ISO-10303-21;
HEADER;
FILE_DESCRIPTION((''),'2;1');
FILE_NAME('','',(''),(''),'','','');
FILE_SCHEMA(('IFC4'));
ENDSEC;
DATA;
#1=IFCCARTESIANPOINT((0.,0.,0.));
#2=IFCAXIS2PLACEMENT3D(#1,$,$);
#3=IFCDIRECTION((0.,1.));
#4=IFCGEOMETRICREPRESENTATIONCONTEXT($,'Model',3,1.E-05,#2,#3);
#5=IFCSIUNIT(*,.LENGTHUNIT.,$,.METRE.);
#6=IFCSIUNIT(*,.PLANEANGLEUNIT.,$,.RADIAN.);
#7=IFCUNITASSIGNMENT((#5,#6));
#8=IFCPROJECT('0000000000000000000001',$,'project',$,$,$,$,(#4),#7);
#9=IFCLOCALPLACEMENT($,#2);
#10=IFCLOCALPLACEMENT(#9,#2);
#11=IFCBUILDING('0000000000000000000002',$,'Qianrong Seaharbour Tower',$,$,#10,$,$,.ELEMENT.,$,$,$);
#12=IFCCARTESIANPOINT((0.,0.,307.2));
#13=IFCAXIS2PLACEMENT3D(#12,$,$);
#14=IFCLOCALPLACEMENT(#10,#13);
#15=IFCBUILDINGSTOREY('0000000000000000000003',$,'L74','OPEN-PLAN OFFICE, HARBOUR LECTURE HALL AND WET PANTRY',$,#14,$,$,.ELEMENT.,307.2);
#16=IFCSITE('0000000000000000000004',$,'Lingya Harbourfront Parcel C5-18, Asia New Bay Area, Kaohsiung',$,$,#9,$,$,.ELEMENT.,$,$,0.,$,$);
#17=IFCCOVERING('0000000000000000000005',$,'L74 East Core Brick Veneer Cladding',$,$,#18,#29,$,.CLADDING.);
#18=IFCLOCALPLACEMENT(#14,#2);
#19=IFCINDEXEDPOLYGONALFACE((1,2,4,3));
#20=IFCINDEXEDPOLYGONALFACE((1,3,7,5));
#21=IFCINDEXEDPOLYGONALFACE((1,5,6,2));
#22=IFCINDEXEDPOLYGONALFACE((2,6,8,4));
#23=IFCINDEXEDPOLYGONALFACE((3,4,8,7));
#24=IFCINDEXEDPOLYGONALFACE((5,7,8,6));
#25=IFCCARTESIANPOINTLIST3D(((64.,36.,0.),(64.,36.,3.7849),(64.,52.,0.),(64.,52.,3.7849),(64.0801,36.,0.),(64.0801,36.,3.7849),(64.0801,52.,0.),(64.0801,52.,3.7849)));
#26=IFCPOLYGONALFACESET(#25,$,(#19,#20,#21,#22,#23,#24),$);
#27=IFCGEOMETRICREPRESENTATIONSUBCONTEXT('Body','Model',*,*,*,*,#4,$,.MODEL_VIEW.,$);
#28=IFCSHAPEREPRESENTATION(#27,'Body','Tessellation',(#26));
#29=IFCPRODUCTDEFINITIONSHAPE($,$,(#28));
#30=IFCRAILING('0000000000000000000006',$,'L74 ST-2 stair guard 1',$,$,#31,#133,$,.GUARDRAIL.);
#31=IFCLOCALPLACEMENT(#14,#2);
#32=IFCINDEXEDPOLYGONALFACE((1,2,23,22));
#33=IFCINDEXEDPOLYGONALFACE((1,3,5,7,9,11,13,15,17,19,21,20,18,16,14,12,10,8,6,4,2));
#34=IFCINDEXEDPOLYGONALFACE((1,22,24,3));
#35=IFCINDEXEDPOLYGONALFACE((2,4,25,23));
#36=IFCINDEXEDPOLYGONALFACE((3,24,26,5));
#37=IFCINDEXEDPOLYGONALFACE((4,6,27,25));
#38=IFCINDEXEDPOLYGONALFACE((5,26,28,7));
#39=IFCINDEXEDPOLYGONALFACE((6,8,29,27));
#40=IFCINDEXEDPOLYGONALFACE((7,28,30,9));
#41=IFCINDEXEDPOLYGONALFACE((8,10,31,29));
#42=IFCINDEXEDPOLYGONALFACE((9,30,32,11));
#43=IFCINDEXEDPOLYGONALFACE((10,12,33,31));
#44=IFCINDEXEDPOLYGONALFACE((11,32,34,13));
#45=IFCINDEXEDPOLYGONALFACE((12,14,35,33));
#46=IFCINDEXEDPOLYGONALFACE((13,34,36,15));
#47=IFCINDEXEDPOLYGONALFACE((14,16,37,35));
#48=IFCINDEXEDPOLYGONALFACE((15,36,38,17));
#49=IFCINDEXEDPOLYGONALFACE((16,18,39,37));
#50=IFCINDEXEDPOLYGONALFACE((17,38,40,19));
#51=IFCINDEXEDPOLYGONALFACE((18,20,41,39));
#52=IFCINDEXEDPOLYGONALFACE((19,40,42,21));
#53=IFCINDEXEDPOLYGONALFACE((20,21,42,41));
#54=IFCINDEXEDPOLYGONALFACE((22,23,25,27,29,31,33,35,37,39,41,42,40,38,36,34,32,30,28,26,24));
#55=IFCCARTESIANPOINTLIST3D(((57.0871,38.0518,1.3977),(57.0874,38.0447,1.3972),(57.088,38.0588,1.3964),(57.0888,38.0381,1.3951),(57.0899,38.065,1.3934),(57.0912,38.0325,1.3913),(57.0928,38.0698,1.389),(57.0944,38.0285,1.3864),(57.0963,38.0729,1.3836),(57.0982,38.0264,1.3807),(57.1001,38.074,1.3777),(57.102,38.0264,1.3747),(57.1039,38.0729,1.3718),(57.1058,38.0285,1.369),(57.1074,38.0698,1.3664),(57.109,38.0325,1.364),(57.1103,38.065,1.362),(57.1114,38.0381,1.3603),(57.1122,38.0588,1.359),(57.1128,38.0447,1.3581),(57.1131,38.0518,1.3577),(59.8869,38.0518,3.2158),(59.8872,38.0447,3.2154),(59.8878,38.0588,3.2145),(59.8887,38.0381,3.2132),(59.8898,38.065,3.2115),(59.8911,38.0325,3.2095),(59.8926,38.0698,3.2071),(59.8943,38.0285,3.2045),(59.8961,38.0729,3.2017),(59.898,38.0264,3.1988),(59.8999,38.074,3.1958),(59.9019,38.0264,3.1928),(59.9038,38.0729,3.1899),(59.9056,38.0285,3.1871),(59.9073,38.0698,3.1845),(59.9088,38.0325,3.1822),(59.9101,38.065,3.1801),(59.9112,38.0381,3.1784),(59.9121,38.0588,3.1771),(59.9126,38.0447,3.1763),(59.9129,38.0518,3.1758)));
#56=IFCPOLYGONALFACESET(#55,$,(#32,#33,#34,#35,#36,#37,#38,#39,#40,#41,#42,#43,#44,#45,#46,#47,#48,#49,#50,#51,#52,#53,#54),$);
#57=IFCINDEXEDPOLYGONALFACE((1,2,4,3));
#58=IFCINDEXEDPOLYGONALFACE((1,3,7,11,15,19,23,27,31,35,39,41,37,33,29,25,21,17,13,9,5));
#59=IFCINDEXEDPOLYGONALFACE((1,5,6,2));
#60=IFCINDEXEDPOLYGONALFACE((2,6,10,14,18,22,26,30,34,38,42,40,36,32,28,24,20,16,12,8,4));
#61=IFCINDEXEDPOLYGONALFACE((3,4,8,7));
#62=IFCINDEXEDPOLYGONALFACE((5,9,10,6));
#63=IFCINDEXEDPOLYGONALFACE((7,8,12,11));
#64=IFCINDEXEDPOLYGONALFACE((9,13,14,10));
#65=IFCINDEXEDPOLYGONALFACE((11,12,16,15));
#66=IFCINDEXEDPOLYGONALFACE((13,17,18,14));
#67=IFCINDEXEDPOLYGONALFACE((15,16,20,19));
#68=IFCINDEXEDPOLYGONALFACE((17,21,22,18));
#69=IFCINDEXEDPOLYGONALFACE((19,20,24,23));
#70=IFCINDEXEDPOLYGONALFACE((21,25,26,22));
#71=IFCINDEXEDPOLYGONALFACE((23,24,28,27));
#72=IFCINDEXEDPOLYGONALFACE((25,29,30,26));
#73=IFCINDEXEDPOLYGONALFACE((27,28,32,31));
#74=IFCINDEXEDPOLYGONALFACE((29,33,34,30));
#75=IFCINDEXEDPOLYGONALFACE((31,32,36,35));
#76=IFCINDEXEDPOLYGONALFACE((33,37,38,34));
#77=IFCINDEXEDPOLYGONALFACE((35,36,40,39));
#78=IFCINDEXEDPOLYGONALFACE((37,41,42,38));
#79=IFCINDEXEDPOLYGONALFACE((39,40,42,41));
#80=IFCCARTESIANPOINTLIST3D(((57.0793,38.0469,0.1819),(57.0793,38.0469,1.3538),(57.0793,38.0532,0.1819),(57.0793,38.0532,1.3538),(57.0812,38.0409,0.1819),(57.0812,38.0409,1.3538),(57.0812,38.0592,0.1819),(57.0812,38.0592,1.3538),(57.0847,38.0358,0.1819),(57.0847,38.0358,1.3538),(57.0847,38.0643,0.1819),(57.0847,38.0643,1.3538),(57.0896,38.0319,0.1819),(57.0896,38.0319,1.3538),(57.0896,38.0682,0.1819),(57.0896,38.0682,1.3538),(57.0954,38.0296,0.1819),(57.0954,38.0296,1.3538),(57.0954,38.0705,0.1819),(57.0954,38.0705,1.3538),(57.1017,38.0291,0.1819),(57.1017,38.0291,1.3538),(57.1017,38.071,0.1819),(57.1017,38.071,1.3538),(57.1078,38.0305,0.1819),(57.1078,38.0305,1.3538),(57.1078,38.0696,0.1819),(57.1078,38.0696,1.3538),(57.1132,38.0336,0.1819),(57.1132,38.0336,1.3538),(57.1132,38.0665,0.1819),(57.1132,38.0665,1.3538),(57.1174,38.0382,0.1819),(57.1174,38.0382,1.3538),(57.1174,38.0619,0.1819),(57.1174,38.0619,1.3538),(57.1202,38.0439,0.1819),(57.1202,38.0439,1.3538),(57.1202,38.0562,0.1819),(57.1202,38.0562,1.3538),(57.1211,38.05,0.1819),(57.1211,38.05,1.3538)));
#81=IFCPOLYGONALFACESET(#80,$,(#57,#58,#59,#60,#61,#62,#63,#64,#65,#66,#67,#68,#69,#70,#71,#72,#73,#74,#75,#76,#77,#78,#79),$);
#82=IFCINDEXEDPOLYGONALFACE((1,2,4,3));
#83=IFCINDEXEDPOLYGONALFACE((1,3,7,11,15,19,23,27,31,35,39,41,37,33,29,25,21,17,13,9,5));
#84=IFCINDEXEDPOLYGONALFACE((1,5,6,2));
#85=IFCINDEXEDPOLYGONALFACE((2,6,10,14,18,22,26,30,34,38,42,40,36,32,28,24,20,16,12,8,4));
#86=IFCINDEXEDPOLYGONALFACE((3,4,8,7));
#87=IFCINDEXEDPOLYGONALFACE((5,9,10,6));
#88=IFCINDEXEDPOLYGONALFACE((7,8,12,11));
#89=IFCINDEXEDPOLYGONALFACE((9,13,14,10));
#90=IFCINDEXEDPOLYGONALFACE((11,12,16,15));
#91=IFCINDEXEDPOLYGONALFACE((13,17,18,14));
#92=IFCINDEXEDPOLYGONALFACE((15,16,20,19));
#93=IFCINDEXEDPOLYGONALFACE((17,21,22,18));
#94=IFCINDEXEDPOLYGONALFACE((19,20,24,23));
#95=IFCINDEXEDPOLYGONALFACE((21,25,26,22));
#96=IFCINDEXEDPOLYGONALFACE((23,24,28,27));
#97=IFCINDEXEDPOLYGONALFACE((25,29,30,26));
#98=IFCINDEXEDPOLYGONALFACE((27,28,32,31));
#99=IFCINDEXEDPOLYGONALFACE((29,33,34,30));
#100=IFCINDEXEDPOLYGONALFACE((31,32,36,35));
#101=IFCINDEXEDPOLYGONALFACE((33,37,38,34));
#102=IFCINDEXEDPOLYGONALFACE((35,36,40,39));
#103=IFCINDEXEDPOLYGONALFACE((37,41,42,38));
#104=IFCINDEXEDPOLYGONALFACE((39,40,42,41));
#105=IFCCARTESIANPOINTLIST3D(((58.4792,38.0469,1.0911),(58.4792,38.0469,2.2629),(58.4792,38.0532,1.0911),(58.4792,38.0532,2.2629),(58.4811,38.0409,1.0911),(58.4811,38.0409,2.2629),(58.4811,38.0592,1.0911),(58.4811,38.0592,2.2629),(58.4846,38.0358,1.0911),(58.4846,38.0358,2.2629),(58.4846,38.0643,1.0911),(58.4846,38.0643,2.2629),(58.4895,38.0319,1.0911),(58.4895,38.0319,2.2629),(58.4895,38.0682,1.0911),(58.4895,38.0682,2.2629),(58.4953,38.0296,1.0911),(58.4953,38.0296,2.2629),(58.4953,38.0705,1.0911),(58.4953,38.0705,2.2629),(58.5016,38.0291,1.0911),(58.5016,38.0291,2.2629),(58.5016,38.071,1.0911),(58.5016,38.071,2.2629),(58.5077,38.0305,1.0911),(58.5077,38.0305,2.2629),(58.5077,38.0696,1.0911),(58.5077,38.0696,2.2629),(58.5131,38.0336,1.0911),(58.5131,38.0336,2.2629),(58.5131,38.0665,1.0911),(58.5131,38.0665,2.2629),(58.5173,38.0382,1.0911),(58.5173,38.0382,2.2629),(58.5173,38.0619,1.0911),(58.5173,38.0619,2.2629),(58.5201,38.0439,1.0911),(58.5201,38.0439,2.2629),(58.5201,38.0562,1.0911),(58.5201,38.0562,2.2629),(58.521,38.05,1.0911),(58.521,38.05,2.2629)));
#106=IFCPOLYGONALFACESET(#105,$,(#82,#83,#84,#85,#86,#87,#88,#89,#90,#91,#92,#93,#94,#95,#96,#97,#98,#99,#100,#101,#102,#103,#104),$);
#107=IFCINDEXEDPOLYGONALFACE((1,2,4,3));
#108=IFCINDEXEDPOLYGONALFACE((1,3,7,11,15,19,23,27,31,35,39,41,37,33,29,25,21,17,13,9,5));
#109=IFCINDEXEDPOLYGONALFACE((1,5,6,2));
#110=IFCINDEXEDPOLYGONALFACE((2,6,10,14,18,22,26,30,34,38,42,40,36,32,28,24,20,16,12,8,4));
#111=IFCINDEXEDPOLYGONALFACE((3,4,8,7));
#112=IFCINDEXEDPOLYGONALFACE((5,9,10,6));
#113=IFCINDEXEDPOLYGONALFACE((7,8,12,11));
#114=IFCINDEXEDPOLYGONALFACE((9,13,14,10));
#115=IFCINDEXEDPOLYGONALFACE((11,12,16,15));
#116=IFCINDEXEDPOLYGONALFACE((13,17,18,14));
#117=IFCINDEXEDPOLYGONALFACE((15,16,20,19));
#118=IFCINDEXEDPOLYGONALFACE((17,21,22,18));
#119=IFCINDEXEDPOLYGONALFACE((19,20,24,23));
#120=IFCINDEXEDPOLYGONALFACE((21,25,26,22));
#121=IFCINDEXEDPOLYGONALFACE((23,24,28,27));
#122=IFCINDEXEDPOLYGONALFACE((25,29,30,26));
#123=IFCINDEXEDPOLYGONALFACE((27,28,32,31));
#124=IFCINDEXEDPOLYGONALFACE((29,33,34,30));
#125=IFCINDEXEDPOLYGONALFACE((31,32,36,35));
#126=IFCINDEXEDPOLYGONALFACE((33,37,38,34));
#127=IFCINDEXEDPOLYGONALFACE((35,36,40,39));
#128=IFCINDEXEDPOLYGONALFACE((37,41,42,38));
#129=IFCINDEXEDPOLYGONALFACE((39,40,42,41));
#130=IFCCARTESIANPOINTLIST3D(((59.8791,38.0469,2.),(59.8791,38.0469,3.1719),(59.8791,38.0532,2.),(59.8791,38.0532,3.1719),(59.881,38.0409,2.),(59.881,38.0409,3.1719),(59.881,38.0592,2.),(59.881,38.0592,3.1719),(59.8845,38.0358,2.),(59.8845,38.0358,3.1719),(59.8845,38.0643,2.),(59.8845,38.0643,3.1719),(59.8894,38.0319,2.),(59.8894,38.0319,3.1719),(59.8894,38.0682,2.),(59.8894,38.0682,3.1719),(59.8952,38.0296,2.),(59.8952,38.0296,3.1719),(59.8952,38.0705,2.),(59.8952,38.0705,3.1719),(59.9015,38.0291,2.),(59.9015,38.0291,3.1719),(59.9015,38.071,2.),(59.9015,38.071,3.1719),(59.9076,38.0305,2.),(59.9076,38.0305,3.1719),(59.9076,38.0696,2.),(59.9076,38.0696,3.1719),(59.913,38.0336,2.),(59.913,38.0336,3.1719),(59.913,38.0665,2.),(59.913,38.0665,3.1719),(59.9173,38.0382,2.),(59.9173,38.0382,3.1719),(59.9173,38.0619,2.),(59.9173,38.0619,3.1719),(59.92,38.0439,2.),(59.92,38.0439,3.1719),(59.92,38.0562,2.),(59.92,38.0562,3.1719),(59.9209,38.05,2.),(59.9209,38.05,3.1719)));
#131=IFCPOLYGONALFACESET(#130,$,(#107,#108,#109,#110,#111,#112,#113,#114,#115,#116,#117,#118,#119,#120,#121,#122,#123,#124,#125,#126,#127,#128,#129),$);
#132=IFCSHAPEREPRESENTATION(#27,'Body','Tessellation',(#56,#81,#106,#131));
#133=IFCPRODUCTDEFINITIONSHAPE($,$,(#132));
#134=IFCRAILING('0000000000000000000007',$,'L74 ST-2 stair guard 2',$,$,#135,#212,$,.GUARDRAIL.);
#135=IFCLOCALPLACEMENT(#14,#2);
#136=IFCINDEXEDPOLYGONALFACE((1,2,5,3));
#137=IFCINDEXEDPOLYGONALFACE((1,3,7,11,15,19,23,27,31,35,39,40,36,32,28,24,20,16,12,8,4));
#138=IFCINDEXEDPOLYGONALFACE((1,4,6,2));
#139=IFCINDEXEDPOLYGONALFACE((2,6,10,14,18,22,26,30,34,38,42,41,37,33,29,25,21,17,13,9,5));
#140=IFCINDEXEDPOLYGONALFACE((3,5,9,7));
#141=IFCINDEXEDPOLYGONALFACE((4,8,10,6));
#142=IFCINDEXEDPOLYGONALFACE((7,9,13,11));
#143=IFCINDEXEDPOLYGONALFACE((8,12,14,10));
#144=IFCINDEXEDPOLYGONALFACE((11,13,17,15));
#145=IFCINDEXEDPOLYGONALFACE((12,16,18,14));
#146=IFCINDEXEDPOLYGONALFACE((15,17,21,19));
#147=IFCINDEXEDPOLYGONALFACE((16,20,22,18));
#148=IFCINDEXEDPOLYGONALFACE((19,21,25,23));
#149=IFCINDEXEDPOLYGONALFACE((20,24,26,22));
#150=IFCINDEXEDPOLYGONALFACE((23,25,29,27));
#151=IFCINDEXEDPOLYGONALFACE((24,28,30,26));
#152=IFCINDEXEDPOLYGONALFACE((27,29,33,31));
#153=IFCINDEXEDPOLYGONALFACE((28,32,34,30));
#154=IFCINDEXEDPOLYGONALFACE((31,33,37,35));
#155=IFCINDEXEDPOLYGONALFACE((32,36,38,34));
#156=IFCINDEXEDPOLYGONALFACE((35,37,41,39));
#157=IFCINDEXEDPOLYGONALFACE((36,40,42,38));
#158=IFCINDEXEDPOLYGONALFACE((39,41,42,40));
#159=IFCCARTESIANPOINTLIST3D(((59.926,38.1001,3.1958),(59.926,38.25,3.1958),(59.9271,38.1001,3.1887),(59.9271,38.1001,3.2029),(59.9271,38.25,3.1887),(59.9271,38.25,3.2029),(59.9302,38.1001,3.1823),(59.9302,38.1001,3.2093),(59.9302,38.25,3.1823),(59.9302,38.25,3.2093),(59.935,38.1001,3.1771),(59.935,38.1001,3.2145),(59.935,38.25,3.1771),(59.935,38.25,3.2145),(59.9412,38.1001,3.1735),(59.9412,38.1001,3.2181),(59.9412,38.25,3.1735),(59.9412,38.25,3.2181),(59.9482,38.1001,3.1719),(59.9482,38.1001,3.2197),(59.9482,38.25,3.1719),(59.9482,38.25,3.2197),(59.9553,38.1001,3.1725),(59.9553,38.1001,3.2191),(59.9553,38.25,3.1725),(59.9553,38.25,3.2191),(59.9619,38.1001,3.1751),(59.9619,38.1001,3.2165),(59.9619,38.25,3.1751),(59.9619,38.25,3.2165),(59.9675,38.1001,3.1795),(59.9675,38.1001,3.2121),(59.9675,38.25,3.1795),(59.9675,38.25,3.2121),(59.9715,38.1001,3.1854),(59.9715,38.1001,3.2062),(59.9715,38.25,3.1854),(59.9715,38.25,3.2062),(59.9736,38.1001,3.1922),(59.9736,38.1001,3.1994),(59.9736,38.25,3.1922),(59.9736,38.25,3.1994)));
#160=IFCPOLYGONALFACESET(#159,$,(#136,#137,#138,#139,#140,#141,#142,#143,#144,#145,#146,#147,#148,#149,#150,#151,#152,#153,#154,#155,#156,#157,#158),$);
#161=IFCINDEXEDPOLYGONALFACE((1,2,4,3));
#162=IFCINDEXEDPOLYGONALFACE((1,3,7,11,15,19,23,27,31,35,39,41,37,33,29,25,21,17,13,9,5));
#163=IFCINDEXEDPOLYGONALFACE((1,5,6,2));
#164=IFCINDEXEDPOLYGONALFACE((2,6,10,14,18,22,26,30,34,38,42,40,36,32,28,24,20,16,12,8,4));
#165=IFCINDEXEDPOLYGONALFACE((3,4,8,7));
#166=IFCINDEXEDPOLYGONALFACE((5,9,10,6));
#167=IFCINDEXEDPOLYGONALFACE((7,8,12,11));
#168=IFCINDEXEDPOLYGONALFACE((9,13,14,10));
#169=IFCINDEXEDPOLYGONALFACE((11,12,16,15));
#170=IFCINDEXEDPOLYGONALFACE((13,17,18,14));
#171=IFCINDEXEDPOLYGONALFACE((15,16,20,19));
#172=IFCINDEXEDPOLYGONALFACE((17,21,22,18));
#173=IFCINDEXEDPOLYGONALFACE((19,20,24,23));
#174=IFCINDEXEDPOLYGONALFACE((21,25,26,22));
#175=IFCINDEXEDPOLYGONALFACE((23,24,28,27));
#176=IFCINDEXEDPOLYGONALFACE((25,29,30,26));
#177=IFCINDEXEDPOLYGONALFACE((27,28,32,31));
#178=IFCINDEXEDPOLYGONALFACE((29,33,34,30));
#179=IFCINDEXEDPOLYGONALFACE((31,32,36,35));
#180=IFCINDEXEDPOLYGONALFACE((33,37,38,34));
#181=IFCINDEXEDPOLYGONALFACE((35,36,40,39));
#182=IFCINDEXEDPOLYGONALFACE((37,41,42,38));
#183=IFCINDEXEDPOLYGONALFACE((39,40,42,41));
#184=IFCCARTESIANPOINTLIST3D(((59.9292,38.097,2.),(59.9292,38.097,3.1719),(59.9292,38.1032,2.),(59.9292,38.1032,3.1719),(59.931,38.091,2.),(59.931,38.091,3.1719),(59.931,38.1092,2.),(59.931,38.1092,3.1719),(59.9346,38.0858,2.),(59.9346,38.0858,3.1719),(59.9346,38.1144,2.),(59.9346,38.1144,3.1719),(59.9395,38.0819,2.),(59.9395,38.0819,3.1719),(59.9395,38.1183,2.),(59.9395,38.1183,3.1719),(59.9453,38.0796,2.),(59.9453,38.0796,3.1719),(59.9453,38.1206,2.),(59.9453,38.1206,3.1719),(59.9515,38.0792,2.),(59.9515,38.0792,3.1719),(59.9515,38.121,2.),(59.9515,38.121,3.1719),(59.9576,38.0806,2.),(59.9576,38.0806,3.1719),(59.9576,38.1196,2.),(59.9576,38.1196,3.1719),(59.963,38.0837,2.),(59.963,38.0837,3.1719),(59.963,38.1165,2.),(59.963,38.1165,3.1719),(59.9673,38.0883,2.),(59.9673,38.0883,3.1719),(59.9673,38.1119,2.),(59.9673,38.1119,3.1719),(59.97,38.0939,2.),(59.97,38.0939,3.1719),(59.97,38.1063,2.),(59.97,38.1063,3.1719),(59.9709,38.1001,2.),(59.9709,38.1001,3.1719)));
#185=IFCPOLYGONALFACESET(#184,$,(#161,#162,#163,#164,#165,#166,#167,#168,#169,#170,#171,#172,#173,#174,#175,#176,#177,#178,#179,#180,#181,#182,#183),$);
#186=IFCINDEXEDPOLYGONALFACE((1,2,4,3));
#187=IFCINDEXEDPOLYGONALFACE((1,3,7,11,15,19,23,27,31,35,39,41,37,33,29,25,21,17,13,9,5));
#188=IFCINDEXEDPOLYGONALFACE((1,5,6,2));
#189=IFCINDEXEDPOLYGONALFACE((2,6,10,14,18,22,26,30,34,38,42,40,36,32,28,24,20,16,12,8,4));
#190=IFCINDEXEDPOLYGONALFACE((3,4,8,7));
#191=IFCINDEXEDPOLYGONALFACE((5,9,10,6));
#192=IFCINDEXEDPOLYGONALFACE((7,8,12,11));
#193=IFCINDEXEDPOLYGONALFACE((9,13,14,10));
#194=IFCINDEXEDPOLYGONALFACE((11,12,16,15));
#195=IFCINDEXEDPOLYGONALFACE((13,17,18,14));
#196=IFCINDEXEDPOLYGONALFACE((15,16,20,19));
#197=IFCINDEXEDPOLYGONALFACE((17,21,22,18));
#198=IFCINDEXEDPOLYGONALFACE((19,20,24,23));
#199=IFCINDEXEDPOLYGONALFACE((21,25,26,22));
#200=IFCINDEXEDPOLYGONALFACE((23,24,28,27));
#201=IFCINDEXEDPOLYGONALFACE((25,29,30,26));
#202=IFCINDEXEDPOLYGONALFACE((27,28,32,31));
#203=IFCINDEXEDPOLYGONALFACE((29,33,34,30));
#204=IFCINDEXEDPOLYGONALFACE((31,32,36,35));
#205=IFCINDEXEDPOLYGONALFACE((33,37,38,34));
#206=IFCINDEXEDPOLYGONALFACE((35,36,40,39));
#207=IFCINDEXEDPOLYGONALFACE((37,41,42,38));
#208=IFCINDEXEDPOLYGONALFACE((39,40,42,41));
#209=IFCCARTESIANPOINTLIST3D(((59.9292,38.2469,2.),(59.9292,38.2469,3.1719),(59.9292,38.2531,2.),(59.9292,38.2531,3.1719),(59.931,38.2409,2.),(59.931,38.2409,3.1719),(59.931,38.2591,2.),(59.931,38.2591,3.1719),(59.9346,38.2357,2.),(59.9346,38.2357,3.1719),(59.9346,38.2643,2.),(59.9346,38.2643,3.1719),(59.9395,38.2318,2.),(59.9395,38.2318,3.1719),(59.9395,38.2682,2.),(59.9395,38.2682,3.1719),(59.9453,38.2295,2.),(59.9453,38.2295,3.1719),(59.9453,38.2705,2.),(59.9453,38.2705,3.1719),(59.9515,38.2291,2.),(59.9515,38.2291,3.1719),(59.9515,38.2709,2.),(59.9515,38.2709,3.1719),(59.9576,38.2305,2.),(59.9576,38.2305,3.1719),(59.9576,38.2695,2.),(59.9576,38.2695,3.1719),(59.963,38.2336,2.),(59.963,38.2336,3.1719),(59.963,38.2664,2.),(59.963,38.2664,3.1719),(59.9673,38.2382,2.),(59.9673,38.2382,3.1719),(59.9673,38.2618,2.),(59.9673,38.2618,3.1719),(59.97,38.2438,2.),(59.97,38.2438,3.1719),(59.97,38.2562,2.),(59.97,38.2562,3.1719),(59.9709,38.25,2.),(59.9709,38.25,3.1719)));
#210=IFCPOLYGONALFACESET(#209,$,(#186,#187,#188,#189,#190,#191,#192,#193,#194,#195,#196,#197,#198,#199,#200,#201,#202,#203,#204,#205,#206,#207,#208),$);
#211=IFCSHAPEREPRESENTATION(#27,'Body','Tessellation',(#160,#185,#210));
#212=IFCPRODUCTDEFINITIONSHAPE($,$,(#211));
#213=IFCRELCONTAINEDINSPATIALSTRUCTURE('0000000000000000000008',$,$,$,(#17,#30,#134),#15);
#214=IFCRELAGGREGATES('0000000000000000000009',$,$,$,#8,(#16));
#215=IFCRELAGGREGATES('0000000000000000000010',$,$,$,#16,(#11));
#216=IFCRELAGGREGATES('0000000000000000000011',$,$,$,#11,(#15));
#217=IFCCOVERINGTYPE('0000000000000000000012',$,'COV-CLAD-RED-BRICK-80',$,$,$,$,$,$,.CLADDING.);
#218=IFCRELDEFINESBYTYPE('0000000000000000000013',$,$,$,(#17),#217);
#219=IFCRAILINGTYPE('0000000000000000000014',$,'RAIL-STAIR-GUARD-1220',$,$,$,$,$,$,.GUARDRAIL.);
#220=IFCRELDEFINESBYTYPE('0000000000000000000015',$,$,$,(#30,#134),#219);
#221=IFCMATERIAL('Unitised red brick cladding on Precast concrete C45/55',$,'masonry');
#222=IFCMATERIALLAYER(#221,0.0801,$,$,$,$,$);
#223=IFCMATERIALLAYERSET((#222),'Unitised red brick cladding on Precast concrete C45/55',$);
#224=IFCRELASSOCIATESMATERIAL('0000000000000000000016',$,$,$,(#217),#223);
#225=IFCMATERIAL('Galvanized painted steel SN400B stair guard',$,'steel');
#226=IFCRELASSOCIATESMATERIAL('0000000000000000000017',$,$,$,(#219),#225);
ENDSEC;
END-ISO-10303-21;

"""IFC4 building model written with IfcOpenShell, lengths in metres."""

from ifc_helpers import new_model, si_unit, direction, frame, origin, origin_2d, place, context, subcontext, project, spatial, rectangle, circle, extrude, material, layer, layer_set, type_object, element, save


model = new_model("IFC4")

# Units and contexts
model_context = context("Model", 3, precision=1e-05, world=origin(), true_north=direction((0.0, 1.0)))
body_context = subcontext(model_context, "Body", "Model", "MODEL_VIEW")
ifc_project = project(units=[si_unit("LENGTHUNIT", "METRE"), si_unit("PLANEANGLEUNIT", "RADIAN")], contexts=[model_context])

# Site, building, storey
site_placement = place(None, origin())
site = spatial("IfcSite", under=ifc_project, at=site_placement, Name="Lingya Harbourfront Parcel C5-18, Asia New Bay Area, Kaohsiung", CompositionType="ELEMENT", RefElevation=0.0)
building_placement = place(site_placement, origin())
building = spatial("IfcBuilding", under=site, at=building_placement, Name="Qianrong Seaharbour Tower", CompositionType="ELEMENT")
storey_placement = place(building_placement, frame((0.0, 0.0, 307.2)))
storey = spatial("IfcBuildingStorey", under=building, at=storey_placement, Name="L74", Description="OPEN-PLAN OFFICE, HARBOUR LECTURE HALL AND WET PANTRY", CompositionType="ELEMENT", Elevation=307.2)

# Covering
ifc_material_1 = material(Name="Unitised red brick cladding on Precast concrete C45/55", Category="masonry")
ifc_layer_1 = layer(ifc_material_1, 0.0801)
ifc_layer_set_1 = layer_set([ifc_layer_1], Name="Unitised red brick cladding on Precast concrete C45/55")
covering_type = type_object("IfcCoveringType", Name="COV-CLAD-RED-BRICK-80", PredefinedType="CLADDING", material=ifc_layer_set_1)
covering_placement = place(storey_placement, frame((64.04, 44.0, 0.0), z_axis=(0.0, 0.0, 1.0), x_axis=(1.0, 0.0, 0.0)))
element("IfcCovering", 1, at=covering_placement, inside=storey, type_object=covering_type, Name="L74 East Core Brick Veneer Cladding", PredefinedType="CLADDING", context=body_context, shape_type="SweptSolid", body=[
    extrude(rectangle(XDim=0.0801, YDim=16.0, at=origin_2d()), origin(), (0.0, 0.0, 1.0), 3.7849),
])

# Railings
ifc_material_2 = material(Name="Galvanized painted steel SN400B stair guard", Category="steel")
railing_type_1 = type_object("IfcRailingType", Name="RAIL-STAIR-GUARD-1220", PredefinedType="GUARDRAIL", material=ifc_material_2)
railing_1_placement = place(storey_placement, frame((57.1001, 38.05, 0.1819)))
element("IfcRailing", 2, at=railing_1_placement, inside=storey, type_object=railing_type_1, Name="L74 ST-2 stair guard 1", PredefinedType="GUARDRAIL", context=body_context, shape_type="SweptSolid", body=[
    extrude(circle(Radius=0.0239, at=origin_2d()), frame((0.0, 0.0, 1.1958), z_axis=(0.838684, 0.0, 0.544618), x_axis=(0.0, 1.0, 0.0)), (0.0, 0.0, 1.0), 3.3384),
    extrude(circle(Radius=0.021, at=origin_2d()), origin(), (0.0, 0.0, 1.0), 1.1719),
    extrude(circle(Radius=0.021, at=origin_2d()), frame((1.3999, 0.0, 0.9092)), (0.0, 0.0, 1.0), 1.1719),
    extrude(circle(Radius=0.021, at=origin_2d()), frame((2.7998, 0.0, 1.8181)), (0.0, 0.0, 1.0), 1.1719),
])
railing_2_placement = place(storey_placement, frame((59.95, 38.1001, 2.0)))
element("IfcRailing", 3, at=railing_2_placement, inside=storey, type_object=railing_type_1, Name="L74 ST-2 stair guard 2", PredefinedType="GUARDRAIL", context=body_context, shape_type="SweptSolid", body=[
    extrude(circle(Radius=0.0239, at=origin_2d()), frame((0.0, 0.0, 1.1958), z_axis=(0.0, 1.0, 0.0), x_axis=(-1.0, 0.0, 0.0)), (0.0, 0.0, 1.0), 0.1499),
    extrude(circle(Radius=0.021, at=origin_2d()), origin(), (0.0, 0.0, 1.0), 1.1719),
    extrude(circle(Radius=0.021, at=origin_2d()), frame((0.0, 0.1499, 0.0)), (0.0, 0.0, 1.0), 1.1719),
])

save(model, "model.ifc")
